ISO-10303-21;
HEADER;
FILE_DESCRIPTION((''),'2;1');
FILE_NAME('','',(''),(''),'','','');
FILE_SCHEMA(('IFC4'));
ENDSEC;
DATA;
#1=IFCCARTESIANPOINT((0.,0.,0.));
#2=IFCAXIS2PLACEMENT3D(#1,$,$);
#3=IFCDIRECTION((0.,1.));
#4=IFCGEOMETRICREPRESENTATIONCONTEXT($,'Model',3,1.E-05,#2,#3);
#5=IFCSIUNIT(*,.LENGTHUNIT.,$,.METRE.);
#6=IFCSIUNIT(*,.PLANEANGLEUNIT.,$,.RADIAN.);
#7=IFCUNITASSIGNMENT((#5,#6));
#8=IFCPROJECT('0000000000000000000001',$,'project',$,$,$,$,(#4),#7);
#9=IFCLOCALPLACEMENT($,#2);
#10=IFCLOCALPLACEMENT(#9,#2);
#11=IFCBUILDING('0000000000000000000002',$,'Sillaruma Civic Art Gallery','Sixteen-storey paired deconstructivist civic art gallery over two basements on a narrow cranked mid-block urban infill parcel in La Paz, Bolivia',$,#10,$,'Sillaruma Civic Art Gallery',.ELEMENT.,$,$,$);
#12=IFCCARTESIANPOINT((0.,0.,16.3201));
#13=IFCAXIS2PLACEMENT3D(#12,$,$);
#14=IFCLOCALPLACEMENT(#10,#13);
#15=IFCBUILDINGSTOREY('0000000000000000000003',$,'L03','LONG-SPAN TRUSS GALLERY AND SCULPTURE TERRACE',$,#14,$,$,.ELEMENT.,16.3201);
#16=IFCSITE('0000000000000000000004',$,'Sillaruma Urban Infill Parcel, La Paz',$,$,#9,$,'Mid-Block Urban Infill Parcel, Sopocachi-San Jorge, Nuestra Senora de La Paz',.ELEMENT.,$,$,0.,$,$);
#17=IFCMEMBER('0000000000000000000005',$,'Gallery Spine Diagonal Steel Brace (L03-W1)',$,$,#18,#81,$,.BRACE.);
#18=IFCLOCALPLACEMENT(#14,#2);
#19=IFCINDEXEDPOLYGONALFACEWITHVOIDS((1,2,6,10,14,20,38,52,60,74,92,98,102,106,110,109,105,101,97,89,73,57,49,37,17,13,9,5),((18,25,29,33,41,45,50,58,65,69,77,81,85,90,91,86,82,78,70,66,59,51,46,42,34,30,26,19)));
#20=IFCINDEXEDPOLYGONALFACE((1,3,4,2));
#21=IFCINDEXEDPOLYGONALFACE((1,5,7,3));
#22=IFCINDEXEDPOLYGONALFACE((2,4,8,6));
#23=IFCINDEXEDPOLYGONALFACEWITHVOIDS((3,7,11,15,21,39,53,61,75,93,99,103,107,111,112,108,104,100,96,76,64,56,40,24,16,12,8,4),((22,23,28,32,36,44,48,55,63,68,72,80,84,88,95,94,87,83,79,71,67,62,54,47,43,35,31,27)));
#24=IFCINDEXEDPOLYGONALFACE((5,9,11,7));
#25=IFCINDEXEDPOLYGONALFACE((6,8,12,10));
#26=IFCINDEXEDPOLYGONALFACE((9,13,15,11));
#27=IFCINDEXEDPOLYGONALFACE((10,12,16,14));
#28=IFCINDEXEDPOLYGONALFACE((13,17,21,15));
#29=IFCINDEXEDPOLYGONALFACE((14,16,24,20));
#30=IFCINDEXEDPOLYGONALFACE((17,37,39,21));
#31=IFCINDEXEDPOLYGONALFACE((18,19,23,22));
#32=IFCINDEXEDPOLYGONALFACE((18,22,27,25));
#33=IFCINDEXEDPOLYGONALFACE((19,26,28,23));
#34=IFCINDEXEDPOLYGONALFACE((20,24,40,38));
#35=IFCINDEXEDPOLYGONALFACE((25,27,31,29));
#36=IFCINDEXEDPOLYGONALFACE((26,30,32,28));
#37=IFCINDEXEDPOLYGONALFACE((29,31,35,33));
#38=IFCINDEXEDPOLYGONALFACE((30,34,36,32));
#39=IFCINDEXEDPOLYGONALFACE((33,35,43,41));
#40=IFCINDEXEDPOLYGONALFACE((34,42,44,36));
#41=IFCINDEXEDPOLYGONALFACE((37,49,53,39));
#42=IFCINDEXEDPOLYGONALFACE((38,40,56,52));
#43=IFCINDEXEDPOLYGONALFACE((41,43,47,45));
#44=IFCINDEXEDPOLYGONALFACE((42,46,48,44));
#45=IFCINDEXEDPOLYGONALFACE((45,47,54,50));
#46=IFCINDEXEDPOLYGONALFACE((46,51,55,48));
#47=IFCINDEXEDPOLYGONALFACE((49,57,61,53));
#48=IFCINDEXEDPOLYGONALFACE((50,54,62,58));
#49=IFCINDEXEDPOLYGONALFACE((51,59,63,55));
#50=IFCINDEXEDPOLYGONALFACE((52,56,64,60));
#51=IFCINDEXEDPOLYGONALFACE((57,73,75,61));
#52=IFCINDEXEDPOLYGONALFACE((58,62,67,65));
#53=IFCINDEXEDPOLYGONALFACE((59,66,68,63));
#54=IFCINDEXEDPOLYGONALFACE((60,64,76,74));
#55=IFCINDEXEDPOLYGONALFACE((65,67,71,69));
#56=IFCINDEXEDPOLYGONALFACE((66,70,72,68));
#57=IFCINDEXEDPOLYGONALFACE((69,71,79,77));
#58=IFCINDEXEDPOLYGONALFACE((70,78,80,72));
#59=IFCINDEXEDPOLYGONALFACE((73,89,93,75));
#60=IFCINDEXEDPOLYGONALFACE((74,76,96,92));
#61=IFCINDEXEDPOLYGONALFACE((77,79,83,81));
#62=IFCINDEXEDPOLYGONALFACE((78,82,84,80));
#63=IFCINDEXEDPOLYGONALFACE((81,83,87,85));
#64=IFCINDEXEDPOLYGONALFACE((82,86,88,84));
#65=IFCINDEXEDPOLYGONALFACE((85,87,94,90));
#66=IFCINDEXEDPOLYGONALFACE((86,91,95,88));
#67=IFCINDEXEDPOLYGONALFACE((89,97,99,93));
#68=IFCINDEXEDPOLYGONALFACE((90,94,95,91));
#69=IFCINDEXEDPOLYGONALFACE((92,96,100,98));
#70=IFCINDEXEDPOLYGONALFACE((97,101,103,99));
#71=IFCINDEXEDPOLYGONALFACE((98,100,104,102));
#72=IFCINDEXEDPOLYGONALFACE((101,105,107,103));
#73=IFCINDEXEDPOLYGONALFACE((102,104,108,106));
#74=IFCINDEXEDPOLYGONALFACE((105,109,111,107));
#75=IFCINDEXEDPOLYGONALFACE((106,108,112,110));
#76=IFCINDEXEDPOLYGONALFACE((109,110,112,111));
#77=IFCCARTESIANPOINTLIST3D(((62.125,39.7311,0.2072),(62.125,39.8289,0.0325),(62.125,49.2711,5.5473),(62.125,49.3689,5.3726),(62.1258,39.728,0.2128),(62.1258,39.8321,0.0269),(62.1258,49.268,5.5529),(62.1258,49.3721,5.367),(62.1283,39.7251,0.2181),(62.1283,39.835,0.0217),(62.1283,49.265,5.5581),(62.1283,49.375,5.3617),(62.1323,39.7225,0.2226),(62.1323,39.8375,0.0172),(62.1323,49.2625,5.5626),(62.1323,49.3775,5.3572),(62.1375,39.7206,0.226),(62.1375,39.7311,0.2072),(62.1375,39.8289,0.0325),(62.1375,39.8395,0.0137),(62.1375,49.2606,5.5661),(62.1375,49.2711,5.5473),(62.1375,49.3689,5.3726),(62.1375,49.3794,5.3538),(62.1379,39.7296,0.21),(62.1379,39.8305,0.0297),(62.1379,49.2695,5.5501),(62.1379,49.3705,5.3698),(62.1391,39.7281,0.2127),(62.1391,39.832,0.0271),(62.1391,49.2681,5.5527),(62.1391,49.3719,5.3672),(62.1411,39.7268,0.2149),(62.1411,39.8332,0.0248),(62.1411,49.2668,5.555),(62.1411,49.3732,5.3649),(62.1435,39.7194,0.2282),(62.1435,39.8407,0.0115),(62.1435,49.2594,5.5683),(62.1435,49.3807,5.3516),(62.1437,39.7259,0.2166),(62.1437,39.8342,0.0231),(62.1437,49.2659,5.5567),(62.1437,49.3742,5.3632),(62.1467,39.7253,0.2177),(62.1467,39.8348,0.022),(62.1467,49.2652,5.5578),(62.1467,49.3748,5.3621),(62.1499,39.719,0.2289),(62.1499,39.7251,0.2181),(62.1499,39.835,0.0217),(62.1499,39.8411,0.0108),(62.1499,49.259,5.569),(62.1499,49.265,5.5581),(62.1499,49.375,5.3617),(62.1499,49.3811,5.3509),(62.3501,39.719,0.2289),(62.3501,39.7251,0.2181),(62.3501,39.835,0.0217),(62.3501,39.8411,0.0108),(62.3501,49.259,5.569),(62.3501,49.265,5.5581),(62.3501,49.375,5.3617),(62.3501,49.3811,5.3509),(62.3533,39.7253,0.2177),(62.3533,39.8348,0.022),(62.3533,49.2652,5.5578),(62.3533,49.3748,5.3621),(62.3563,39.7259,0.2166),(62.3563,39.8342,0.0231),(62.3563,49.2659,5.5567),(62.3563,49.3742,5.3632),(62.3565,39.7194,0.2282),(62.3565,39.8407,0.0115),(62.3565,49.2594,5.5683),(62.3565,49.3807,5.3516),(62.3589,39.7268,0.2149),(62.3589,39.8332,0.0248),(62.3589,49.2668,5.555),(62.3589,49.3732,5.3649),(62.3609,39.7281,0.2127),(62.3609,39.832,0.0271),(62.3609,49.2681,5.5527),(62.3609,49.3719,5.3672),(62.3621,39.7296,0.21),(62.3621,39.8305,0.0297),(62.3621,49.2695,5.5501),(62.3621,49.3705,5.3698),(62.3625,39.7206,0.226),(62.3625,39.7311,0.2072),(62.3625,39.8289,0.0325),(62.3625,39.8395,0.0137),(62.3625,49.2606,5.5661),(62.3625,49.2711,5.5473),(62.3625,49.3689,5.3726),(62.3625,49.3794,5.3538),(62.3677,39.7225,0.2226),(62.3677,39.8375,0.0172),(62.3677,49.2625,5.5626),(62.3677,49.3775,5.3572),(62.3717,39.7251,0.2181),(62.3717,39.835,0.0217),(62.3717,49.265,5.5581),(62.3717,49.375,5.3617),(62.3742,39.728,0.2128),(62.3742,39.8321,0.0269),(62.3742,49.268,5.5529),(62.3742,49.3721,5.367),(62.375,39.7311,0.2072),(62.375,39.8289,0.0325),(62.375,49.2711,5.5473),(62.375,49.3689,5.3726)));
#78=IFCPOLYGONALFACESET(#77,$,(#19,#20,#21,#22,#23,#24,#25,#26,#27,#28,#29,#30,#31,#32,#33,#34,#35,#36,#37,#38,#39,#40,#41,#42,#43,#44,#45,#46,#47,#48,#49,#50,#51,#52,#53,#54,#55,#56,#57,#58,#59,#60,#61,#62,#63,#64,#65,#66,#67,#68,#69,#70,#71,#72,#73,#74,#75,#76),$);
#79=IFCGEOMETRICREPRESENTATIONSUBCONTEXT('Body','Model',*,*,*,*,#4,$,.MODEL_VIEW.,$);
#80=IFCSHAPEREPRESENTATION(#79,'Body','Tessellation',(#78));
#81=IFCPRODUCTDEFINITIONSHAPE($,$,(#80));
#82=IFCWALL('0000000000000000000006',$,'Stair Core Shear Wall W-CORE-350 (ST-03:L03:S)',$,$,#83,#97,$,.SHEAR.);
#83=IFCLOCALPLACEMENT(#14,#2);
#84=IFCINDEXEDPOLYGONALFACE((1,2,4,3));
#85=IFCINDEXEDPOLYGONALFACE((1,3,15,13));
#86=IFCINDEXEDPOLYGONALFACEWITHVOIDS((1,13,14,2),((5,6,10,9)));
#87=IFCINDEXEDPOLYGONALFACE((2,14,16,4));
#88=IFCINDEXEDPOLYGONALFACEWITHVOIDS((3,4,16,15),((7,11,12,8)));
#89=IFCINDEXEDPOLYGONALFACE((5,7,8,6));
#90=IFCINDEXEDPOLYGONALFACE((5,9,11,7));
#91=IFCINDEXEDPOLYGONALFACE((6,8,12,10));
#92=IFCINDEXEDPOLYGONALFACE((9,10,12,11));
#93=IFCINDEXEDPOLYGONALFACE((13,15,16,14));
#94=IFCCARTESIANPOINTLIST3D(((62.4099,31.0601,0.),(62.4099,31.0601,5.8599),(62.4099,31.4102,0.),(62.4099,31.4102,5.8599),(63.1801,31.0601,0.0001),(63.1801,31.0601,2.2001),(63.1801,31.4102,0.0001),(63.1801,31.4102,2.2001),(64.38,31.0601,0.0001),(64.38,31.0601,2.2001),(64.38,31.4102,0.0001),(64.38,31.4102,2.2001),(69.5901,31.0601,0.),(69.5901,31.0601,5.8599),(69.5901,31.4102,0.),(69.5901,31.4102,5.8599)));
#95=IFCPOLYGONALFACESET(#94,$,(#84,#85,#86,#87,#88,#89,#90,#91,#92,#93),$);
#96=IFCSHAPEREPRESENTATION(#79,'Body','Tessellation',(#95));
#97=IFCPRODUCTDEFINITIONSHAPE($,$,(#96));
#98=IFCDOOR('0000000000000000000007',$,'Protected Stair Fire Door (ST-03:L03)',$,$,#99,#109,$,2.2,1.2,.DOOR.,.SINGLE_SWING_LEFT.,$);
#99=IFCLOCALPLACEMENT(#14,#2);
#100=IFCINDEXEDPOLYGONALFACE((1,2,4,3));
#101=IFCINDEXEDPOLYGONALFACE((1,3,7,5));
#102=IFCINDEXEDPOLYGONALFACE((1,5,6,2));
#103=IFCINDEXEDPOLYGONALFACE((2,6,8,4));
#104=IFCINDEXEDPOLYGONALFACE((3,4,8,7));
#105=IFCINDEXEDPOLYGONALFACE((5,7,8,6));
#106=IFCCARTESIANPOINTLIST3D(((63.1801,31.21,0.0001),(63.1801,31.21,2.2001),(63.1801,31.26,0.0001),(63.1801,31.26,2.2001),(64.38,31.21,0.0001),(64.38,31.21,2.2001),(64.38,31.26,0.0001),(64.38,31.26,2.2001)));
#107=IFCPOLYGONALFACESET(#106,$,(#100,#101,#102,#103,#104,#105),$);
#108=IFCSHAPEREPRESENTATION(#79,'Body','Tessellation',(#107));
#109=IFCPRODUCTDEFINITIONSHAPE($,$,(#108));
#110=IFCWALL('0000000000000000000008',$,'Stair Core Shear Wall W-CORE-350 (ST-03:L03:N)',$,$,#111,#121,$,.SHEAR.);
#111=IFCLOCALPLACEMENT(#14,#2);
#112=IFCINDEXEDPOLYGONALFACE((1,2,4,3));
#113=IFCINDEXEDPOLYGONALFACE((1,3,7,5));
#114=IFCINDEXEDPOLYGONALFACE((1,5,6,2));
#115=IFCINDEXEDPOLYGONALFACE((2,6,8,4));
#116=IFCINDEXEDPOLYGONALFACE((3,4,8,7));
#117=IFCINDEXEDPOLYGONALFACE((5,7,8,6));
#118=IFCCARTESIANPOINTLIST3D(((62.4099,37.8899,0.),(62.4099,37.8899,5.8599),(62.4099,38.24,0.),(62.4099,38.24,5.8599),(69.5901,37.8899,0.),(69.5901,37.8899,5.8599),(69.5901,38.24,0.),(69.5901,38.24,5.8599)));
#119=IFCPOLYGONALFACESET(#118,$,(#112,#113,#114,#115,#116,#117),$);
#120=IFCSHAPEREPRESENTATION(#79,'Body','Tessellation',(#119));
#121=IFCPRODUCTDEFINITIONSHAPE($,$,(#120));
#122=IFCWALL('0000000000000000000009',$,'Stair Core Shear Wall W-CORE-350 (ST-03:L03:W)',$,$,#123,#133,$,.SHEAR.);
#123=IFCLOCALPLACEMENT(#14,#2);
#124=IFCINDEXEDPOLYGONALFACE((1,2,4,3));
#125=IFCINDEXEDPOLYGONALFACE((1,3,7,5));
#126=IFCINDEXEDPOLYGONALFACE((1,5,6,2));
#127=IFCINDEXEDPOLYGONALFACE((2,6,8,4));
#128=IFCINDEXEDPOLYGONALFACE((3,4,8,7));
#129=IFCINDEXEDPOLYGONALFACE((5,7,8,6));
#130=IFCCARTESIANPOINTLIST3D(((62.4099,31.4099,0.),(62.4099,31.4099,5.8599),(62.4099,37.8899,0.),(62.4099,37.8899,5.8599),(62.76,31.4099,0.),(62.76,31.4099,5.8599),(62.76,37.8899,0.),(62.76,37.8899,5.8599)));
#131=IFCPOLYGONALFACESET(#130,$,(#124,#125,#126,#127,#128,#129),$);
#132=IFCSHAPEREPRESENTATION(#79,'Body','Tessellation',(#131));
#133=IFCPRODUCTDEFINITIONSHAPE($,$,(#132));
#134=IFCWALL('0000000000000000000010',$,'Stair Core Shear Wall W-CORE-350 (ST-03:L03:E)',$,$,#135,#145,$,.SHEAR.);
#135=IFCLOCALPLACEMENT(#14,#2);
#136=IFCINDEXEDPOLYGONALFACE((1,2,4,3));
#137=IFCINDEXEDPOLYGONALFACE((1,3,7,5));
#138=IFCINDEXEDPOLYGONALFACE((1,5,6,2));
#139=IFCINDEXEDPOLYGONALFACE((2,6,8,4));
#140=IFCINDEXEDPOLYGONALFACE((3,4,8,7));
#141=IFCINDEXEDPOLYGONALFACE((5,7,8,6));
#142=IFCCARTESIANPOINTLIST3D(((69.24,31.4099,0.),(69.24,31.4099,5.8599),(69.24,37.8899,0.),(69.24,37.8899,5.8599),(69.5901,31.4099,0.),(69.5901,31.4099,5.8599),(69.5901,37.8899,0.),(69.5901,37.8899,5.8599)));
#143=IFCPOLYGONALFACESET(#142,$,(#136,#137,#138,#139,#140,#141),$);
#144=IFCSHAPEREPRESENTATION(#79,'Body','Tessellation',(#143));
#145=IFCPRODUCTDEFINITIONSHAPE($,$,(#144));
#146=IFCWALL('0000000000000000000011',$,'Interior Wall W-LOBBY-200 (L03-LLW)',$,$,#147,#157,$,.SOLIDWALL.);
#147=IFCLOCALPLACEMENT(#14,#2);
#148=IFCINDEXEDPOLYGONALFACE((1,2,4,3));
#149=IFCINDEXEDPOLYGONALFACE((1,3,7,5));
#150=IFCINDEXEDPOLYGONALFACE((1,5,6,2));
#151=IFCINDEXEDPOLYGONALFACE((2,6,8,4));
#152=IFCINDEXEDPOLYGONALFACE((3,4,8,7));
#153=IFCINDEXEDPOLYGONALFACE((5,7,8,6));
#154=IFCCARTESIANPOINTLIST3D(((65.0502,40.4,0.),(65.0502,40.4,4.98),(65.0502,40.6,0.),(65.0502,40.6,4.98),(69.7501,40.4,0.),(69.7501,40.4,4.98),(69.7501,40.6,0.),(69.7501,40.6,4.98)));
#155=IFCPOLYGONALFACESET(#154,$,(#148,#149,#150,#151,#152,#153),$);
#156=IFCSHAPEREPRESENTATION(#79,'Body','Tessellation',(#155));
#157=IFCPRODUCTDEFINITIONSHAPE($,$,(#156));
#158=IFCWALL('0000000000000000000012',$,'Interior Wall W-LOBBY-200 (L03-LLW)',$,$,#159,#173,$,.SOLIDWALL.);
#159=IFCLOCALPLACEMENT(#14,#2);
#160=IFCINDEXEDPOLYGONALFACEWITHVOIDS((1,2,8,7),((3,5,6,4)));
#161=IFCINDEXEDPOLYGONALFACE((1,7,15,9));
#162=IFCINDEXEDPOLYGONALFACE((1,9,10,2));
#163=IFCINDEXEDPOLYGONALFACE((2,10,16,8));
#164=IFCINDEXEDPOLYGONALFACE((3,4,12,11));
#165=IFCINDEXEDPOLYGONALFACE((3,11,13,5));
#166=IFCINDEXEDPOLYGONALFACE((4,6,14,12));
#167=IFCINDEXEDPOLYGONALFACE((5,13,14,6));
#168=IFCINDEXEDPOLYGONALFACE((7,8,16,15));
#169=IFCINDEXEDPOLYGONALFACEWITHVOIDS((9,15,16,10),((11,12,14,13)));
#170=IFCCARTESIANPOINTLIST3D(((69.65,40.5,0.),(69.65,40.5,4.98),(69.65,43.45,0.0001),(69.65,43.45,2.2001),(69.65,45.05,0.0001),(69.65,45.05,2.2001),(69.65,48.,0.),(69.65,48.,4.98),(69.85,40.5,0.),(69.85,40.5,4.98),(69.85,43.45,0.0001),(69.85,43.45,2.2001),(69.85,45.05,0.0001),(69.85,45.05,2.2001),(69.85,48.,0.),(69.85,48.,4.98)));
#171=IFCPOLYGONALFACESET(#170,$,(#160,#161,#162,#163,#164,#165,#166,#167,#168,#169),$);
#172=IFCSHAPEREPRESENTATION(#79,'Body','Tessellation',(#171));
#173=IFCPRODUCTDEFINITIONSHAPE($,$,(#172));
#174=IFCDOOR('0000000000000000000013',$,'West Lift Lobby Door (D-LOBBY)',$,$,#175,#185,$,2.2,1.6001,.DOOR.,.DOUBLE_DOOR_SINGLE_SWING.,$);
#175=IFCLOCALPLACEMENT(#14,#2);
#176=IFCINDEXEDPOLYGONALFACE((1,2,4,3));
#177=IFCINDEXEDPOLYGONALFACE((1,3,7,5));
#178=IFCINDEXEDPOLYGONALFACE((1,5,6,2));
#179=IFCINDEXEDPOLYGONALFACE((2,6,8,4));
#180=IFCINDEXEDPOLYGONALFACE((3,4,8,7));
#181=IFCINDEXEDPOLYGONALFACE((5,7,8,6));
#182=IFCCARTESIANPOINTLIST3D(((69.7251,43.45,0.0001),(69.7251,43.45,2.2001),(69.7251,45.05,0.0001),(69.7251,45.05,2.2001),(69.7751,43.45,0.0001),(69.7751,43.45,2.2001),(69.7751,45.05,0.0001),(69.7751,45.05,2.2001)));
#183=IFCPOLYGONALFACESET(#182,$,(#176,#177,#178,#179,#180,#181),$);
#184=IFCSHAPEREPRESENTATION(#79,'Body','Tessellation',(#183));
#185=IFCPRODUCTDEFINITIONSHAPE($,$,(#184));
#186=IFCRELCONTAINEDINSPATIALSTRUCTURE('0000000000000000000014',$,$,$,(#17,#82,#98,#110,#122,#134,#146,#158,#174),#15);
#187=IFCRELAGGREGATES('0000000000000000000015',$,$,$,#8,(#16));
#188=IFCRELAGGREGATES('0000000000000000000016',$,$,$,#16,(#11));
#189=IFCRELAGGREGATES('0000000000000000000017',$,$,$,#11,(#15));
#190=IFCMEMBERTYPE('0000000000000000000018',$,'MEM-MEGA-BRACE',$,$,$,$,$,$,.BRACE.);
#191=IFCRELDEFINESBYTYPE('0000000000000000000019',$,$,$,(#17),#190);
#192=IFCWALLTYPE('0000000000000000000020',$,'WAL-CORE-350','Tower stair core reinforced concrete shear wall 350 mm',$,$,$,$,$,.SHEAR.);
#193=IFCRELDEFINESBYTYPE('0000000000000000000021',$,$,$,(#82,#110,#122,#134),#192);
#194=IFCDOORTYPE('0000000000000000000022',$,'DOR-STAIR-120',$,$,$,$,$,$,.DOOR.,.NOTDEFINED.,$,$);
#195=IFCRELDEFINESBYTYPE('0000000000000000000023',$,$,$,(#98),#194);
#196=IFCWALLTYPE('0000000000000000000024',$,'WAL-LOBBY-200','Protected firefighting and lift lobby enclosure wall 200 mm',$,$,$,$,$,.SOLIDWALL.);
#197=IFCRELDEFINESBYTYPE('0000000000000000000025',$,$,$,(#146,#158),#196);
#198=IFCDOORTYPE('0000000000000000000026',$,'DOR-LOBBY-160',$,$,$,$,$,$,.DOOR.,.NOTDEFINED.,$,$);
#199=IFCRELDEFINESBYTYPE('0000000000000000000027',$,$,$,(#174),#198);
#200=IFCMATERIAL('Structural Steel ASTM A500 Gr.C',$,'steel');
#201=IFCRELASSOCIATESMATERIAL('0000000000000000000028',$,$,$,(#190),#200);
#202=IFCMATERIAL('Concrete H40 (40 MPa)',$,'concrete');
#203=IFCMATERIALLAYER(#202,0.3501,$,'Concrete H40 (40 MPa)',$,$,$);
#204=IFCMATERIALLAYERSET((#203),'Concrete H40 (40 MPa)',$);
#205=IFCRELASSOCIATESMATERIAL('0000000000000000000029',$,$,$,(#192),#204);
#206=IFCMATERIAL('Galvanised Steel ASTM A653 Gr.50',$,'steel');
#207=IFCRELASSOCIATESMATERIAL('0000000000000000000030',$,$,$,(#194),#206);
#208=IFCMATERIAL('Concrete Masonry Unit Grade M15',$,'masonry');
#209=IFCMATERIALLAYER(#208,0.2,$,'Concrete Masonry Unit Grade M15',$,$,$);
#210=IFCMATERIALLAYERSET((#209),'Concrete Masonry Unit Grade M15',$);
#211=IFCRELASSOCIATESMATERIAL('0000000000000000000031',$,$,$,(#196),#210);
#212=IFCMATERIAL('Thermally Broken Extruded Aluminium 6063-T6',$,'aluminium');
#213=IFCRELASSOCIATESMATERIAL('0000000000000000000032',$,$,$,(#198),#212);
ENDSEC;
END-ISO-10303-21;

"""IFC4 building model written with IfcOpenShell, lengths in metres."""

from ifc_helpers import new_model, si_unit, direction, frame, frame_2d, origin, origin_2d, place, context, subcontext, project, spatial, rectangle, hollow_rectangle, extrude, material, layer, layer_set, material_profile, profile_set, type_object, element, fill, save


model = new_model("IFC4")

# Units and contexts
model_context = context("Model", 3, precision=1e-05, world=origin(), true_north=direction((0.0, 1.0)))
body_context = subcontext(model_context, "Body", "Model", "MODEL_VIEW")
ifc_project = project(units=[si_unit("LENGTHUNIT", "METRE"), si_unit("PLANEANGLEUNIT", "RADIAN")], contexts=[model_context])

# Site, building, storey
site_placement = place(None, origin())
site = spatial("IfcSite", under=ifc_project, at=site_placement, Name="Sillaruma Urban Infill Parcel, La Paz", LongName="Mid-Block Urban Infill Parcel, Sopocachi-San Jorge, Nuestra Senora de La Paz", CompositionType="ELEMENT", RefElevation=0.0)
building_placement = place(site_placement, origin())
building = spatial("IfcBuilding", under=site, at=building_placement, Name="Sillaruma Civic Art Gallery", Description="Sixteen-storey paired deconstructivist civic art gallery over two basements on a narrow cranked mid-block urban infill parcel in La Paz, Bolivia", LongName="Sillaruma Civic Art Gallery", CompositionType="ELEMENT")
storey_placement = place(building_placement, frame((0.0, 0.0, 16.3201)))
storey = spatial("IfcBuildingStorey", under=building, at=storey_placement, Name="L03", Description="LONG-SPAN TRUSS GALLERY AND SCULPTURE TERRACE", CompositionType="ELEMENT", Elevation=16.3201)

# Shared definitions
ifc_material_1 = material(Name="Concrete H40 (40 MPa)", Category="concrete")

# Shared definitions
ifc_material_2 = material(Name="Structural Steel ASTM A500 Gr.C", Category="steel")

# Member
ifc_material_profile_1 = material_profile(ifc_material_2, hollow_rectangle(XDim=0.25, YDim=0.25, WallThickness=0.0125, InnerFilletRadius=0.0125, OuterFilletRadius=0.0249, at=origin_2d()), Name="HSS250x250x12.5")
ifc_profile_set_1 = profile_set([ifc_material_profile_1], Name="Structural Steel ASTM A500 Gr.C")
member_type = type_object("IfcMemberType", Name="MEM-MEGA-BRACE", PredefinedType="BRACE", material=ifc_profile_set_1)
member_placement = place(storey_placement, frame((62.25, 39.78, 0.1199), z_axis=(0.0, 0.872597, 0.488441), x_axis=(-1.0, 0.0, 0.0)))
element("IfcMember", 1, at=member_placement, inside=storey, type_object=member_type, Name="Gallery Spine Diagonal Steel Brace (L03-W1)", PredefinedType="BRACE", context=body_context, shape_type="SweptSolid", body=[
    extrude(hollow_rectangle(XDim=0.25, YDim=0.25, WallThickness=0.0125, InnerFilletRadius=0.0125, OuterFilletRadius=0.0249, at=origin_2d()), origin(), (0.0, 0.0, 1.0), 10.9329),
])

# Wall, opening, door
ifc_layer_1 = layer(ifc_material_1, 0.3501, Name="Concrete H40 (40 MPa)")
ifc_layer_set_1 = layer_set([ifc_layer_1], Name="Concrete H40 (40 MPa)")
wall_type_1 = type_object("IfcWallType", Name="WAL-CORE-350", Description="Tower stair core reinforced concrete shear wall 350 mm", PredefinedType="SHEAR", material=ifc_layer_set_1)
wall_1_placement = place(storey_placement, frame((62.4099, 31.2351, 0.0), z_axis=(0.0, 0.0, 1.0), x_axis=(1.0, 0.0, 0.0)))
wall_1 = element("IfcWall", 2, at=wall_1_placement, inside=storey, type_object=wall_type_1, Name="Stair Core Shear Wall W-CORE-350 (ST-03:L03:S)", PredefinedType="SHEAR", context=body_context, shape_type="SweptSolid", body=[
    extrude(rectangle(XDim=7.1802, YDim=0.3501, at=frame_2d((3.5901, 0.0))), origin(), (0.0, 0.0, 1.0), 5.8599),
])
opening_1_placement = place(wall_1_placement, frame((0.77, 0.0, 0.0)))
opening_1 = element("IfcOpeningElement", 3, at=opening_1_placement, cuts=wall_1, PredefinedType="OPENING", context=body_context, shape_type="SweptSolid", body=[
    extrude(rectangle(XDim=1.2, YDim=2.2, at=frame_2d((0.6001, 1.1001))), frame((0.0, 0.1851, 0.0), z_axis=(0.0, -1.0, 0.0), x_axis=(1.0, 0.0, 0.0)), (0.0, 0.0, 1.0), 0.3701),
])
ifc_material_3 = material(Name="Galvanised Steel ASTM A653 Gr.50", Category="steel")
door_type_1 = type_object("IfcDoorType", Name="DOR-STAIR-120", OperationType="NOTDEFINED", PredefinedType="DOOR", material=ifc_material_3)
door_1_placement = place(opening_1_placement, origin())
door_1 = element("IfcDoor", 4, at=door_1_placement, inside=storey, type_object=door_type_1, Name="Protected Stair Fire Door (ST-03:L03)", OperationType="SINGLE_SWING_LEFT", OverallHeight=2.2, OverallWidth=1.2, PredefinedType="DOOR", context=body_context, shape_type="SweptSolid", body=[
    extrude(rectangle(XDim=1.2, YDim=2.2, at=frame_2d((0.6001, 1.1001))), frame((0.0, 0.0249, 0.0), z_axis=(0.0, -1.0, 0.0), x_axis=(1.0, 0.0, 0.0)), (0.0, 0.0, 1.0), 0.05),
])
fill(opening_1, door_1)

# Walls
wall_2_placement = place(storey_placement, frame((62.4099, 38.0649, 0.0), z_axis=(0.0, 0.0, 1.0), x_axis=(1.0, 0.0, 0.0)))
element("IfcWall", 5, at=wall_2_placement, inside=storey, type_object=wall_type_1, Name="Stair Core Shear Wall W-CORE-350 (ST-03:L03:N)", PredefinedType="SHEAR", context=body_context, shape_type="SweptSolid", body=[
    extrude(rectangle(XDim=7.1802, YDim=0.3501, at=frame_2d((3.5901, 0.0))), origin(), (0.0, 0.0, 1.0), 5.8599),
])
for number, where, z_axis, x_axis, name in (
    (6, (62.585, 31.4099, 0.0), (0.0, 0.0, 1.0), (0.0, 1.0, 0.0), "Stair Core Shear Wall W-CORE-350 (ST-03:L03:W)"),
    (7, (69.415, 31.4099, 0.0), (0.0, 0.0, 1.0), (0.0, 1.0, 0.0), "Stair Core Shear Wall W-CORE-350 (ST-03:L03:E)"),
):
    element("IfcWall", number, at=place(storey_placement, frame(where, z_axis=z_axis, x_axis=x_axis)), inside=storey, type_object=wall_type_1, Name=name, PredefinedType="SHEAR", context=body_context, shape_type="SweptSolid", body=[
        extrude(rectangle(XDim=6.48, YDim=0.3501, at=frame_2d((3.24, 0.0))), origin(), (0.0, 0.0, 1.0), 5.8599),
    ])
ifc_material_4 = material(Name="Concrete Masonry Unit Grade M15", Category="masonry")
ifc_layer_2 = layer(ifc_material_4, 0.2, Name="Concrete Masonry Unit Grade M15")
ifc_layer_set_2 = layer_set([ifc_layer_2], Name="Concrete Masonry Unit Grade M15")
wall_type_2 = type_object("IfcWallType", Name="WAL-LOBBY-200", Description="Protected firefighting and lift lobby enclosure wall 200 mm", PredefinedType="SOLIDWALL", material=ifc_layer_set_2)
wall_3_placement = place(storey_placement, frame((65.05, 40.5, 0.0), z_axis=(0.0, 0.0, 1.0), x_axis=(1.0, 0.0, 0.0)))
element("IfcWall", 8, at=wall_3_placement, inside=storey, type_object=wall_type_2, Name="Interior Wall W-LOBBY-200 (L03-LLW)", PredefinedType="SOLIDWALL", context=body_context, shape_type="SweptSolid", body=[
    extrude(rectangle(XDim=4.7, YDim=0.2, at=frame_2d((2.3501, 0.0))), origin(), (0.0, 0.0, 1.0), 4.98),
])

# Wall, opening, door
wall_4_placement = place(storey_placement, frame((69.75, 40.5, 0.0), z_axis=(0.0, 0.0, 1.0), x_axis=(0.0, 1.0, 0.0)))
wall_4 = element("IfcWall", 9, at=wall_4_placement, inside=storey, type_object=wall_type_2, Name="Interior Wall W-LOBBY-200 (L03-LLW)", PredefinedType="SOLIDWALL", context=body_context, shape_type="SweptSolid", body=[
    extrude(rectangle(XDim=7.5, YDim=0.2, at=frame_2d((3.75, 0.0))), origin(), (0.0, 0.0, 1.0), 4.98),
])
opening_2_placement = place(wall_4_placement, frame((2.95, 0.0, 0.0)))
opening_2 = element("IfcOpeningElement", 10, at=opening_2_placement, cuts=wall_4, PredefinedType="OPENING", context=body_context, shape_type="SweptSolid", body=[
    extrude(rectangle(XDim=1.6001, YDim=2.2, at=frame_2d((0.8, 1.1001))), frame((0.0, 0.1099, 0.0), z_axis=(0.0, -1.0, 0.0), x_axis=(1.0, 0.0, 0.0)), (0.0, 0.0, 1.0), 0.22),
])
ifc_material_5 = material(Name="Thermally Broken Extruded Aluminium 6063-T6", Category="aluminium")
door_type_2 = type_object("IfcDoorType", Name="DOR-LOBBY-160", OperationType="NOTDEFINED", PredefinedType="DOOR", material=ifc_material_5)
door_2_placement = place(opening_2_placement, origin())
door_2 = element("IfcDoor", 11, at=door_2_placement, inside=storey, type_object=door_type_2, Name="West Lift Lobby Door (D-LOBBY)", OperationType="DOUBLE_DOOR_SINGLE_SWING", OverallHeight=2.2, OverallWidth=1.6001, PredefinedType="DOOR", context=body_context, shape_type="SweptSolid", body=[
    extrude(rectangle(XDim=1.6001, YDim=2.2, at=frame_2d((0.8, 1.1001))), frame((0.0, 0.0249, 0.0), z_axis=(0.0, -1.0, 0.0), x_axis=(1.0, 0.0, 0.0)), (0.0, 0.0, 1.0), 0.05),
])
fill(opening_2, door_2)

save(model, "model.ifc")
